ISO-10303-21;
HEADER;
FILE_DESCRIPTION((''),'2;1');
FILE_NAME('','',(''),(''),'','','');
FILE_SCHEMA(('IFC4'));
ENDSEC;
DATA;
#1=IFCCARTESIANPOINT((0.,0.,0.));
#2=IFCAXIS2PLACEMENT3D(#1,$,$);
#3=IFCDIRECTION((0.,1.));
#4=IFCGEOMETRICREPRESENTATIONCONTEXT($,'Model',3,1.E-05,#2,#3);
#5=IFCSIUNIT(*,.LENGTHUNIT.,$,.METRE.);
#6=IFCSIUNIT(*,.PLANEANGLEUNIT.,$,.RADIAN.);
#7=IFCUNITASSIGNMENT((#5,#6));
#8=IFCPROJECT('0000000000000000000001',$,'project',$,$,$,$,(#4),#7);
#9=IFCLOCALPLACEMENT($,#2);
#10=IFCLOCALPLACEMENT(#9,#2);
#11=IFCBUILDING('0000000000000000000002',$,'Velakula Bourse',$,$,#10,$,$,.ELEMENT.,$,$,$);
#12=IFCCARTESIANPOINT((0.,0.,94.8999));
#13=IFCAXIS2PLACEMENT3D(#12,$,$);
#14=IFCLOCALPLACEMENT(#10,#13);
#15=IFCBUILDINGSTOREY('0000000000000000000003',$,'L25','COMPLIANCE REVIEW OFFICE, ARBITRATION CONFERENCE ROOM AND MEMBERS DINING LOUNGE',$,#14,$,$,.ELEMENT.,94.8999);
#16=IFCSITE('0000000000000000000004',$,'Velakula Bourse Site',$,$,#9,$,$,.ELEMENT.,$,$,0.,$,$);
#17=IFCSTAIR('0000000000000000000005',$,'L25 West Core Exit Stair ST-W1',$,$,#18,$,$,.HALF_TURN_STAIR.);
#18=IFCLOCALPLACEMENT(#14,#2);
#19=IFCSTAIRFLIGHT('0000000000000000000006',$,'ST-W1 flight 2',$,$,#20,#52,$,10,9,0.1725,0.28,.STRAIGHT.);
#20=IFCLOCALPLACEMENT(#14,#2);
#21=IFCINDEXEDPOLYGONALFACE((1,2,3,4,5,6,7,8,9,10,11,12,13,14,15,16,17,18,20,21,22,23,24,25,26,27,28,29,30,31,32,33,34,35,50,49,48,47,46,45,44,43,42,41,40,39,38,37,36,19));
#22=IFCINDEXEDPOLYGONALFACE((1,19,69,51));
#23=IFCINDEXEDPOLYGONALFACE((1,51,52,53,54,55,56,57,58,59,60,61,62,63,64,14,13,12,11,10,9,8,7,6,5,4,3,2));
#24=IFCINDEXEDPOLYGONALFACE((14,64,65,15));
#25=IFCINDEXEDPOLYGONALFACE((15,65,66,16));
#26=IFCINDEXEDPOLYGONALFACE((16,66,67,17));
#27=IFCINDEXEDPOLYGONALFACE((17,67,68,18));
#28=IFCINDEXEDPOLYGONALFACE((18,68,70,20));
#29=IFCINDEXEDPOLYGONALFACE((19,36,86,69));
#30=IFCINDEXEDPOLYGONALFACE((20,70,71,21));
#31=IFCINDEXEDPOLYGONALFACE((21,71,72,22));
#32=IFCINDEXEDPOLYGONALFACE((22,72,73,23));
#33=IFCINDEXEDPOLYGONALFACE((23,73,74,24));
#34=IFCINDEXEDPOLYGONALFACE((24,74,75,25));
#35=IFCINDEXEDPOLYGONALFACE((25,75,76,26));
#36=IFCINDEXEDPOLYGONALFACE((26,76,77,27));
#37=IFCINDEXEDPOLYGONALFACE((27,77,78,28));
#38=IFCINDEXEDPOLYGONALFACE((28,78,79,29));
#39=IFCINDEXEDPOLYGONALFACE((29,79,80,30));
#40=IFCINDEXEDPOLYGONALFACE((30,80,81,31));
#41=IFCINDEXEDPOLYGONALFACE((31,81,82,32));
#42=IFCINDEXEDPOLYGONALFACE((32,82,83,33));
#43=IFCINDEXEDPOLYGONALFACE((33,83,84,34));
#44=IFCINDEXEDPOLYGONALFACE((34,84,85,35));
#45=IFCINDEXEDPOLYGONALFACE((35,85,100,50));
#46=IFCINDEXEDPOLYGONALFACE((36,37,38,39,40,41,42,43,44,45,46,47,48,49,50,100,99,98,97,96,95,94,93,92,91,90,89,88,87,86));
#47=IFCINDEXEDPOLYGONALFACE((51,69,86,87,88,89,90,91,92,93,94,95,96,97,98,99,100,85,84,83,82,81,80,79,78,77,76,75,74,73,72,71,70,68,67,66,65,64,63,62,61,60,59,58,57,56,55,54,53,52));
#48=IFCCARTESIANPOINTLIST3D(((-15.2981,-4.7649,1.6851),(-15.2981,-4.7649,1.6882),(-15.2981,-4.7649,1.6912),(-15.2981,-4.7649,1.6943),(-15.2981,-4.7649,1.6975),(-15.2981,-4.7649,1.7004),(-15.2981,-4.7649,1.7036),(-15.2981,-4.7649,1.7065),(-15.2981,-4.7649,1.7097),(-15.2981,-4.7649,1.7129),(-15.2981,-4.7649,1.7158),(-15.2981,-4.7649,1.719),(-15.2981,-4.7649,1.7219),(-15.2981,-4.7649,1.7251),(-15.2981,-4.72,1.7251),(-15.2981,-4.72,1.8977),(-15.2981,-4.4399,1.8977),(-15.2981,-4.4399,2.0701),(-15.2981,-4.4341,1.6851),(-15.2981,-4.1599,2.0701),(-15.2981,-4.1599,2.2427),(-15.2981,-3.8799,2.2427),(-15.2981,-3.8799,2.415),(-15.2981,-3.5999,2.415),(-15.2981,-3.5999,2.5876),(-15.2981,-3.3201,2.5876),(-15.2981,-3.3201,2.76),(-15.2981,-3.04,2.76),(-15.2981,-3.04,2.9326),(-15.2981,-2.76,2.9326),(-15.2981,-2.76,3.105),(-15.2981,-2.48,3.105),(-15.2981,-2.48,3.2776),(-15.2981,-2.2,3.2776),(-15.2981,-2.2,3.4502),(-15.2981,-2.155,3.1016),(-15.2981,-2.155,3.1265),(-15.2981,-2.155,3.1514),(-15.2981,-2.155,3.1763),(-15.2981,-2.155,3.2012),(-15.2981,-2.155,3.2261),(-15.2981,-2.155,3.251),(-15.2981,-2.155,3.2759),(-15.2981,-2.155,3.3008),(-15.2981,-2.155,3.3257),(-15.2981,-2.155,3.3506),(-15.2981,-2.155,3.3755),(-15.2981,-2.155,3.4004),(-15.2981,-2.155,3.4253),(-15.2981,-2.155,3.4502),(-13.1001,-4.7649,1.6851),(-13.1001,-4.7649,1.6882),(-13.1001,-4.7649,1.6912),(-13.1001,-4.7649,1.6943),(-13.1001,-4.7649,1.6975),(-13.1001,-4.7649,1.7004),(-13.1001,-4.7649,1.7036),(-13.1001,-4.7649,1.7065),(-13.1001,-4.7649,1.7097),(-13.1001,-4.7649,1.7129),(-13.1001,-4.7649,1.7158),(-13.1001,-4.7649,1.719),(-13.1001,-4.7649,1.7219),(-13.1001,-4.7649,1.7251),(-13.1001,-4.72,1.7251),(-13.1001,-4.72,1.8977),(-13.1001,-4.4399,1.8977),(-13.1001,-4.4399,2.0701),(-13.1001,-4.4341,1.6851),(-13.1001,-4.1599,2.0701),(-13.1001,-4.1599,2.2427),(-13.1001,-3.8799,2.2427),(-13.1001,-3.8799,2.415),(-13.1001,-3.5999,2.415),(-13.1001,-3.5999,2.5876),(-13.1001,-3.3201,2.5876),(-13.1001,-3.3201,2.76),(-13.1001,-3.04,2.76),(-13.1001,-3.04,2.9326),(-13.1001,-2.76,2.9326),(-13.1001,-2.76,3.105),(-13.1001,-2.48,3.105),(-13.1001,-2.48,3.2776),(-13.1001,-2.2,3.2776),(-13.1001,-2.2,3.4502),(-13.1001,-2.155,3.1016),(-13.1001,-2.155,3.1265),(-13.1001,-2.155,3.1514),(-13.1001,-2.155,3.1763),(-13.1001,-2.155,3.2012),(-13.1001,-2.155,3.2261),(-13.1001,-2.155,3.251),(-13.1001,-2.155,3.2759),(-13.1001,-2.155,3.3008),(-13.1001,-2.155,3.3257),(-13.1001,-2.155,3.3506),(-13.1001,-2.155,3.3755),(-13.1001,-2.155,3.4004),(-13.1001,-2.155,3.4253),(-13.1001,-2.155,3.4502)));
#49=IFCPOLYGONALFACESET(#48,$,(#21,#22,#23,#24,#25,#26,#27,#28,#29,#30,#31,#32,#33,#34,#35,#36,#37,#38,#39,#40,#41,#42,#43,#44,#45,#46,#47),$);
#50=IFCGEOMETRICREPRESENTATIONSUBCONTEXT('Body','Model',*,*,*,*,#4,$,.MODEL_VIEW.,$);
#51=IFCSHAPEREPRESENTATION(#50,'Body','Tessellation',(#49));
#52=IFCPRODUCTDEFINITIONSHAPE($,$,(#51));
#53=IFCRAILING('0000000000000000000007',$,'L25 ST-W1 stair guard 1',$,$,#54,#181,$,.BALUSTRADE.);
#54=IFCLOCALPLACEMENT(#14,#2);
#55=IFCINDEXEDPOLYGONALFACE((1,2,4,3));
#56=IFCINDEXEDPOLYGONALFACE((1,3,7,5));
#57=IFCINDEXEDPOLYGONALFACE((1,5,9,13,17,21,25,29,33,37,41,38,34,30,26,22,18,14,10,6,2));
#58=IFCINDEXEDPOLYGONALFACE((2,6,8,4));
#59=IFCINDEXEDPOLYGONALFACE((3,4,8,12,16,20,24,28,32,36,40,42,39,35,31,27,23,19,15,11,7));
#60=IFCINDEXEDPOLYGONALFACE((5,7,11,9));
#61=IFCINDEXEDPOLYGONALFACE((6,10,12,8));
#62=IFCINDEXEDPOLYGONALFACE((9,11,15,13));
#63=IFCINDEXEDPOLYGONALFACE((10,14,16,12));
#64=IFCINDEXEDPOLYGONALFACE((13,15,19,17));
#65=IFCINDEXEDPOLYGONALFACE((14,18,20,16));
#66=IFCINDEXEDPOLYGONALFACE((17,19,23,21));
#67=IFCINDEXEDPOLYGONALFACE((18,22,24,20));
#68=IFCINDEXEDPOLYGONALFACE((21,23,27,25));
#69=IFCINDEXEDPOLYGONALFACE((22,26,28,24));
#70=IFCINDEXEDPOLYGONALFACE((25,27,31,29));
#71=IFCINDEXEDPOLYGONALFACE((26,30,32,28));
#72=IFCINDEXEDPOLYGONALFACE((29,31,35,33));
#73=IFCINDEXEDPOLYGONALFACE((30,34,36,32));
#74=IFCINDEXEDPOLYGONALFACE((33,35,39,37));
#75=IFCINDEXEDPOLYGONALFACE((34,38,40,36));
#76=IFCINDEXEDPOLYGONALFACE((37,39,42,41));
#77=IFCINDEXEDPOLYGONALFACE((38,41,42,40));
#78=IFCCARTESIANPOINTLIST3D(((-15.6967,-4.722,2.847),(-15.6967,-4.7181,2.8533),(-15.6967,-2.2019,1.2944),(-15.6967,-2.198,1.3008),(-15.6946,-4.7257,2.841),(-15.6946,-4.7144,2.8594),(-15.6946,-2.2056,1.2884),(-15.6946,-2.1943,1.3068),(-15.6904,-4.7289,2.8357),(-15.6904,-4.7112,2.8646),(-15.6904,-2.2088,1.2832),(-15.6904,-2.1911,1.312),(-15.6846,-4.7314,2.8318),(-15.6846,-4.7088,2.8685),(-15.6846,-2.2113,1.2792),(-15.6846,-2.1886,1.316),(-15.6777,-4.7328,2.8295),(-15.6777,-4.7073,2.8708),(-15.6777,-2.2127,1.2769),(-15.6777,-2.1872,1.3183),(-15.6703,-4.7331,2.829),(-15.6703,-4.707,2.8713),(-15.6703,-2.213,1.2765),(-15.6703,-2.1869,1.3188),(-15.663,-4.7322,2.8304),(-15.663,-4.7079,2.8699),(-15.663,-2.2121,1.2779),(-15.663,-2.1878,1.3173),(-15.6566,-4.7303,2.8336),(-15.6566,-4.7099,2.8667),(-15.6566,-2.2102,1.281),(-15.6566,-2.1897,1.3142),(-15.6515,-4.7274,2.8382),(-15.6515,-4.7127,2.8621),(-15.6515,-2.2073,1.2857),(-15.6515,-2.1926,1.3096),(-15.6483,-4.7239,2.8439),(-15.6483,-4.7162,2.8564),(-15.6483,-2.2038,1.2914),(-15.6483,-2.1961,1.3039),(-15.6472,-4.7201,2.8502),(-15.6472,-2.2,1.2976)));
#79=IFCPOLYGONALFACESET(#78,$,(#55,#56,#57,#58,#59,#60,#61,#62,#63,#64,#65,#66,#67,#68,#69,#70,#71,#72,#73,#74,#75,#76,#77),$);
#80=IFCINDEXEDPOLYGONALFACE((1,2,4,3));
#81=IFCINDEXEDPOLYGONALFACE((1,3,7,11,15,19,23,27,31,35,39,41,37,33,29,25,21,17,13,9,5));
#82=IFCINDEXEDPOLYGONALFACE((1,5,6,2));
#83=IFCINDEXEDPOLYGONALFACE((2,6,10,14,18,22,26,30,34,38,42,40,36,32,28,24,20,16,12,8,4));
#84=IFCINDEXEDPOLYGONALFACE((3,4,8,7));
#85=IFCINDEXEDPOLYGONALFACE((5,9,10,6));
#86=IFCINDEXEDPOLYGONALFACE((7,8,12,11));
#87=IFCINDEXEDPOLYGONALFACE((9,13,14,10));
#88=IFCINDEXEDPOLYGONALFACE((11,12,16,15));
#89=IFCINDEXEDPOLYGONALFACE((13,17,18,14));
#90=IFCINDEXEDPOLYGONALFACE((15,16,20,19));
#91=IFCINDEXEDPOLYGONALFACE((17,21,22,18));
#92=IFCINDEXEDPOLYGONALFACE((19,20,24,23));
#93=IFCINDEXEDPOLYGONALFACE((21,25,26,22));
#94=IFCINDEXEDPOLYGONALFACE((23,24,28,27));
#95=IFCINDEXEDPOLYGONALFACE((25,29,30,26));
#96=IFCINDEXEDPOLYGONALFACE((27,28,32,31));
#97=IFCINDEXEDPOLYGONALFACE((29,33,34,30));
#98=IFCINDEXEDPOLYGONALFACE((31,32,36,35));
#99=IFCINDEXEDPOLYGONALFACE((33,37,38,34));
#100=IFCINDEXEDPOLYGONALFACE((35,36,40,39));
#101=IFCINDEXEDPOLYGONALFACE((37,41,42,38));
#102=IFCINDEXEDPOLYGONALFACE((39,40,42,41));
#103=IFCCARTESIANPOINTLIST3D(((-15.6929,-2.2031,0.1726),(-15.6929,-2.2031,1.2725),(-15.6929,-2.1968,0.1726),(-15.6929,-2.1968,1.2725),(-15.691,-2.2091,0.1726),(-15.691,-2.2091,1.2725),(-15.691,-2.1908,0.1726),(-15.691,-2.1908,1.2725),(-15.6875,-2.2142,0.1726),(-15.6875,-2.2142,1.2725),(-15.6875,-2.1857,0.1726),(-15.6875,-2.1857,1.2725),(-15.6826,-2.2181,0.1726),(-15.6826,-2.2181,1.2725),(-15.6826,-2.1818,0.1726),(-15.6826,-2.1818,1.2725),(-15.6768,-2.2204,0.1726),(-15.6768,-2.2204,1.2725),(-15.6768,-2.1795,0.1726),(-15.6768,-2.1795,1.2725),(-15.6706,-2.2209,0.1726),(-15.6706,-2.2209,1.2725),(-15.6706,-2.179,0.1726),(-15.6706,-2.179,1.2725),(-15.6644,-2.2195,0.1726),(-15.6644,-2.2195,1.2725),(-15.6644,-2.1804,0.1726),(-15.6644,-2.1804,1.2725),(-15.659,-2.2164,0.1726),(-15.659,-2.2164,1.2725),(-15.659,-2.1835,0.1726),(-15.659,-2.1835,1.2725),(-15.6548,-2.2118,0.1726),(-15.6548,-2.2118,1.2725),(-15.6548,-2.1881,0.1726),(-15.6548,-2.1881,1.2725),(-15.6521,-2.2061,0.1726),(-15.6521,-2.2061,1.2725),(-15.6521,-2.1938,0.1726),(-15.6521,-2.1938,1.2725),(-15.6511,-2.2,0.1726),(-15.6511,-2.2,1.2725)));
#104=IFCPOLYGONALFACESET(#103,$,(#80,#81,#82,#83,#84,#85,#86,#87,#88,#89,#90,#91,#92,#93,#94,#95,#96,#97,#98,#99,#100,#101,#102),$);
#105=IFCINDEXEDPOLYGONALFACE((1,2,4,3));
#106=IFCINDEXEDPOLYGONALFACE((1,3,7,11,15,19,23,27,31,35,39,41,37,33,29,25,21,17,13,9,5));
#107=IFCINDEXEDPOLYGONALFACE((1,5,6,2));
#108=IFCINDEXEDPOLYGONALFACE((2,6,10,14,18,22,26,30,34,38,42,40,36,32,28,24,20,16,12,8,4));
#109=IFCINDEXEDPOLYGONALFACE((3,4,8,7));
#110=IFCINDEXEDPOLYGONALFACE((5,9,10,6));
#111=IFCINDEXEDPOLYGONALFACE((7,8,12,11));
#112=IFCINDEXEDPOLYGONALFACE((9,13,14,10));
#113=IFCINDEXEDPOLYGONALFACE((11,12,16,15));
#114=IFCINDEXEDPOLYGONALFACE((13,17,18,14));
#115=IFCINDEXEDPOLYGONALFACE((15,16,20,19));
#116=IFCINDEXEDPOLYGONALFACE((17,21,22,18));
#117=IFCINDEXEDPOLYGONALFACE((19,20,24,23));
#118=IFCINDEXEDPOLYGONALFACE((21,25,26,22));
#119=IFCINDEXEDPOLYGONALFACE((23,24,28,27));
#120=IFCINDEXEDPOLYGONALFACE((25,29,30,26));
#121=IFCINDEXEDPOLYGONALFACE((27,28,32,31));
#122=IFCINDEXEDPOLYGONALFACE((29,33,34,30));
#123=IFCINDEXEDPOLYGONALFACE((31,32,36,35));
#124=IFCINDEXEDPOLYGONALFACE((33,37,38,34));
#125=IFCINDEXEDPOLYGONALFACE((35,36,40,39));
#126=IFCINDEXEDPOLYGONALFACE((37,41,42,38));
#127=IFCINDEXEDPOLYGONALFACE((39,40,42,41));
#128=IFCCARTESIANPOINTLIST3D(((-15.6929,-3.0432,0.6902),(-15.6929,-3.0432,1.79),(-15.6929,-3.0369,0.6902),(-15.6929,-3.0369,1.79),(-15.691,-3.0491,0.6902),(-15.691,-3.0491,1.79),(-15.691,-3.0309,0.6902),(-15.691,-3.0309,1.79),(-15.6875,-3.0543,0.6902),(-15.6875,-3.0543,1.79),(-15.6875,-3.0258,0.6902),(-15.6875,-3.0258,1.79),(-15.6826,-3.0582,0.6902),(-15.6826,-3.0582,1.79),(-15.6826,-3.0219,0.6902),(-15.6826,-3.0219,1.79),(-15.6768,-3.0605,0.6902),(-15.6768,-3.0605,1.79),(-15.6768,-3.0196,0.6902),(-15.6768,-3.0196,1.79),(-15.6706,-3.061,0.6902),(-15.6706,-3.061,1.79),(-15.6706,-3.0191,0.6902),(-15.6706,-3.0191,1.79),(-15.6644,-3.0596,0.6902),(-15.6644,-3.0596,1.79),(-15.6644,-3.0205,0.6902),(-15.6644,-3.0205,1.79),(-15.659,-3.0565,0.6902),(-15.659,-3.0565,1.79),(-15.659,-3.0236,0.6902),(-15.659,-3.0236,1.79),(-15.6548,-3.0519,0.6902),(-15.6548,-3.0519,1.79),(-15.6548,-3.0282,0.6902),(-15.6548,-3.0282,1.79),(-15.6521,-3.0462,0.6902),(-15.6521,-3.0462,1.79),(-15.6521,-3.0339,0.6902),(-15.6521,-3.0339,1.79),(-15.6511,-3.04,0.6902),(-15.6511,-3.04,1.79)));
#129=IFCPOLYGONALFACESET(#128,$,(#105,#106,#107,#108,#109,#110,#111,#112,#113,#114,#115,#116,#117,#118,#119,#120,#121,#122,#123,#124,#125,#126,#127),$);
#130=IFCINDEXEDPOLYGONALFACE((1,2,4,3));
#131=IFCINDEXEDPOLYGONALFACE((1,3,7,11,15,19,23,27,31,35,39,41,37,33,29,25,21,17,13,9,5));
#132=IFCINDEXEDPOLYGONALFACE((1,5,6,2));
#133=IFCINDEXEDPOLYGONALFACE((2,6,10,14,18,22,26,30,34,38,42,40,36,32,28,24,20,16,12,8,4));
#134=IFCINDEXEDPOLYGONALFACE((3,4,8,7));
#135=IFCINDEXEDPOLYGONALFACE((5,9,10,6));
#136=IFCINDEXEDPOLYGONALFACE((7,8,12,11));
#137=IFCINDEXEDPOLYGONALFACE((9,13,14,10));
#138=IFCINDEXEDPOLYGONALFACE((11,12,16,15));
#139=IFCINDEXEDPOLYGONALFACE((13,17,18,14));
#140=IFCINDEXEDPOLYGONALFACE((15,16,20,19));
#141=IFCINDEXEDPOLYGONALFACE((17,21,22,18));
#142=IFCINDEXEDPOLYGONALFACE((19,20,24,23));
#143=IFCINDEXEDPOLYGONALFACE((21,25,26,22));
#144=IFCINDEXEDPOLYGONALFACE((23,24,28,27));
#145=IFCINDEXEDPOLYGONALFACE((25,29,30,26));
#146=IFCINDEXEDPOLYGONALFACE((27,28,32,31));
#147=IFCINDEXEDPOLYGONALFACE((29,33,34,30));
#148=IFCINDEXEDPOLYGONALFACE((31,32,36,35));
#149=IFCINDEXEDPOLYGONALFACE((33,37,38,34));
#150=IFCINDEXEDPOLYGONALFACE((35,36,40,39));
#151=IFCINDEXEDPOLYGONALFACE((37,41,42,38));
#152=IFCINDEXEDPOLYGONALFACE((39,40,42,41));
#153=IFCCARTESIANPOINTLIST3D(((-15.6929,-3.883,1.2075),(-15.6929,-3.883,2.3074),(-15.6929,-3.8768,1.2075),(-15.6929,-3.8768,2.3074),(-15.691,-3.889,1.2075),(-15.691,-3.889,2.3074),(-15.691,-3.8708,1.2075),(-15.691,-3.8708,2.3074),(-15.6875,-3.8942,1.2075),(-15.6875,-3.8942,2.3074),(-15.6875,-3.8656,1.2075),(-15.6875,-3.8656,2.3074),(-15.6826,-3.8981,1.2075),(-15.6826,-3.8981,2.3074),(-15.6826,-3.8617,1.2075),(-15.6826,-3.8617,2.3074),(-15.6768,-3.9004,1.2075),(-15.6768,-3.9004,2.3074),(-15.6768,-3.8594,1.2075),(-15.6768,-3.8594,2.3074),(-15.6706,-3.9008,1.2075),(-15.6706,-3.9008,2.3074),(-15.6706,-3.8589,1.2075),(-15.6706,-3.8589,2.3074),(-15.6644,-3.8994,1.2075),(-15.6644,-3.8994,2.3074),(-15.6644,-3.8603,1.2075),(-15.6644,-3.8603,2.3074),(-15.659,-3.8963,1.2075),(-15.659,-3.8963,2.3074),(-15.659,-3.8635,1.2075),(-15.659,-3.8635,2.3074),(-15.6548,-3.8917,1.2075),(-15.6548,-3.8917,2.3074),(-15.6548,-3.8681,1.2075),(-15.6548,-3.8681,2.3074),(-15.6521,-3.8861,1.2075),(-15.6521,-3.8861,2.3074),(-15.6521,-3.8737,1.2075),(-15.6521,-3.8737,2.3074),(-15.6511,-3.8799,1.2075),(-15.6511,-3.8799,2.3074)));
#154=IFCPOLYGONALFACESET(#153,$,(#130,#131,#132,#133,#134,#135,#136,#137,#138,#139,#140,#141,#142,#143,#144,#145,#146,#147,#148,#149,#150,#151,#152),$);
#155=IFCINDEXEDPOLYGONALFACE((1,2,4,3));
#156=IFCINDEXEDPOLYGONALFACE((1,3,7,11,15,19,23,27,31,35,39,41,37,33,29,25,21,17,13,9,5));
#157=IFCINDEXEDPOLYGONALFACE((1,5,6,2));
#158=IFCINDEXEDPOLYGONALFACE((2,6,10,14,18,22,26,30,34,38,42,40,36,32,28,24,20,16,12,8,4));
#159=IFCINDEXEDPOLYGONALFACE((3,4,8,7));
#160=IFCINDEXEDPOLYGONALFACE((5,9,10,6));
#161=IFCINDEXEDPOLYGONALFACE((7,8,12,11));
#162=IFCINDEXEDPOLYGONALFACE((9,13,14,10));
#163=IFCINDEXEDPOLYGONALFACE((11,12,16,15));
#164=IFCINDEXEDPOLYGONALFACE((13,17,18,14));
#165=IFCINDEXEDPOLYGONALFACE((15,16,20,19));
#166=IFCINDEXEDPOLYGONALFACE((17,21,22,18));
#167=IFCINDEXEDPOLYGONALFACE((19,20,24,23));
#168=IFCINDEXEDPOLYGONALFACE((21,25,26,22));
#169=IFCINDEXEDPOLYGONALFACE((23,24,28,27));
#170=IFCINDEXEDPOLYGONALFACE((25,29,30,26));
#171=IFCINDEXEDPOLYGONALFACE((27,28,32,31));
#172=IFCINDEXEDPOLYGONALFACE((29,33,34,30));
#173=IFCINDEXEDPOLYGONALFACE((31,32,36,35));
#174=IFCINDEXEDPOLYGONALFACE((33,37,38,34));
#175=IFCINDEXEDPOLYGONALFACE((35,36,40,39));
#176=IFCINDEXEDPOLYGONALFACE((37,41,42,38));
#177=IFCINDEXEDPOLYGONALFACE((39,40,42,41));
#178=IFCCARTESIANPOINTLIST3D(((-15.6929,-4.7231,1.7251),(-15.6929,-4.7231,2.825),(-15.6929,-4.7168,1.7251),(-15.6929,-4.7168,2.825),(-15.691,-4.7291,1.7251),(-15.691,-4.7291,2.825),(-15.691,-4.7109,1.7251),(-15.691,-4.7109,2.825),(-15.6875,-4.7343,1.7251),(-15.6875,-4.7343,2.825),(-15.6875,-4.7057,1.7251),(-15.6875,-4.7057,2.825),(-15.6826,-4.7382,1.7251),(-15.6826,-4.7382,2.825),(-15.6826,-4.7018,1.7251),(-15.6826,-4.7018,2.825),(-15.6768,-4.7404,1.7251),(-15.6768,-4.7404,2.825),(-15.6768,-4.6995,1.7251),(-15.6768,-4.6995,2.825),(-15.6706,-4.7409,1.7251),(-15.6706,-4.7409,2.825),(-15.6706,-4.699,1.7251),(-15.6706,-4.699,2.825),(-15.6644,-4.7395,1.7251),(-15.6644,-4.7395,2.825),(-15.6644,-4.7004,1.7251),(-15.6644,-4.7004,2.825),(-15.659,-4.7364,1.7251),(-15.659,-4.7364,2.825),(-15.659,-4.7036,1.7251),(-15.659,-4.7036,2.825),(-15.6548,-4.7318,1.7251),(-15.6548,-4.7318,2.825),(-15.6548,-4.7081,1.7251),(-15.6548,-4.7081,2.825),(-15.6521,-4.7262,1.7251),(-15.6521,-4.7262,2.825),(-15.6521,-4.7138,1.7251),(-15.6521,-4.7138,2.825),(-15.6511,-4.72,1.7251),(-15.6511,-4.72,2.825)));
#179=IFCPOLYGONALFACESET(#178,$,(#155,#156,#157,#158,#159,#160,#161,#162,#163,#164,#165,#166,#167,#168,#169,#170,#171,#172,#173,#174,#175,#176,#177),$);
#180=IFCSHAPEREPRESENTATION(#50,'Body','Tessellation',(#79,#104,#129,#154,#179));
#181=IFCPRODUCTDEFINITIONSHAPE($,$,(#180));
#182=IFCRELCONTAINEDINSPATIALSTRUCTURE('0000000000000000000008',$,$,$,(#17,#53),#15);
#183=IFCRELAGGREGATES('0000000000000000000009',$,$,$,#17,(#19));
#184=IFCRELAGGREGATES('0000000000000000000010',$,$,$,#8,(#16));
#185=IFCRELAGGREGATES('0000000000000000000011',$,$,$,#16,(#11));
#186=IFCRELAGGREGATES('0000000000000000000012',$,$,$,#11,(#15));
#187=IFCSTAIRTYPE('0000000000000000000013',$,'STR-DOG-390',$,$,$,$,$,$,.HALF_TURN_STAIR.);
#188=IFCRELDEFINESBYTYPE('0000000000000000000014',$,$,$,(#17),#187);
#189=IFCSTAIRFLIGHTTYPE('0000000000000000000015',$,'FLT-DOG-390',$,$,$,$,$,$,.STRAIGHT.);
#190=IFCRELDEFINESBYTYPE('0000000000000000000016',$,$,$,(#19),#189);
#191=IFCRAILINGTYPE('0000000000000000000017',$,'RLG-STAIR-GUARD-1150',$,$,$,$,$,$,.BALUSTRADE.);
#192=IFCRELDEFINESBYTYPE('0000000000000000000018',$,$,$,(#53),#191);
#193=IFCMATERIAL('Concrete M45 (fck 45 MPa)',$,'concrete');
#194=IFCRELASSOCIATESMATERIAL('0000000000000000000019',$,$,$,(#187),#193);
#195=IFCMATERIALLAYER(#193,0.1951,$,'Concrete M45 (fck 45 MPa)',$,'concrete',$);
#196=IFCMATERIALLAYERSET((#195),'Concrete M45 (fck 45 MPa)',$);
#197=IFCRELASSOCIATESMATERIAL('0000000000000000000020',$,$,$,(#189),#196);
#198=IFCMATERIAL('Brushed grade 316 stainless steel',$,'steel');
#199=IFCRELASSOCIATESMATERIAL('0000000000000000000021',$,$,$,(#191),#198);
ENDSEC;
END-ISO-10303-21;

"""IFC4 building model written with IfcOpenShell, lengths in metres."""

from ifc_helpers import new_model, si_unit, direction, frame, origin, origin_2d, place, context, subcontext, project, spatial, polyline, circle, outline, extrude, material, layer, layer_set, type_object, element, aggregate, save


model = new_model("IFC4")

# Units and contexts
model_context = context("Model", 3, precision=1e-05, world=origin(), true_north=direction((0.0, 1.0)))
body_context = subcontext(model_context, "Body", "Model", "MODEL_VIEW")
ifc_project = project(units=[si_unit("LENGTHUNIT", "METRE"), si_unit("PLANEANGLEUNIT", "RADIAN")], contexts=[model_context])

# Site, building, storey
site_placement = place(None, origin())
site = spatial("IfcSite", under=ifc_project, at=site_placement, Name="Velakula Bourse Site", CompositionType="ELEMENT", RefElevation=0.0)
building_placement = place(site_placement, origin())
building = spatial("IfcBuilding", under=site, at=building_placement, Name="Velakula Bourse", CompositionType="ELEMENT")
storey_placement = place(building_placement, frame((0.0, 0.0, 94.8999)))
storey = spatial("IfcBuildingStorey", under=building, at=storey_placement, Name="L25", Description="COMPLIANCE REVIEW OFFICE, ARBITRATION CONFERENCE ROOM AND MEMBERS DINING LOUNGE", CompositionType="ELEMENT", Elevation=94.8999)

# Shared definitions
ifc_material_1 = material(Name="Brushed grade 316 stainless steel", Category="steel")

# Stair, stair flight
ifc_material_2 = material(Name="Concrete M45 (fck 45 MPa)", Category="concrete")
stair_type = type_object("IfcStairType", Name="STR-DOG-390", PredefinedType="HALF_TURN_STAIR", material=ifc_material_2)
stair_placement = place(storey_placement, origin())
stair = element("IfcStair", 1, at=stair_placement, inside=storey, type_object=stair_type, Name="L25 West Core Exit Stair ST-W1", PredefinedType="HALF_TURN_STAIR")
ifc_layer_1 = layer(ifc_material_2, 0.1951, Name="Concrete M45 (fck 45 MPa)", Category="concrete")
ifc_layer_set_1 = layer_set([ifc_layer_1], Name="Concrete M45 (fck 45 MPa)")
stair_flight_type = type_object("IfcStairFlightType", Name="FLT-DOG-390", PredefinedType="STRAIGHT", material=ifc_layer_set_1)
stair_flight_1_placement = place(storey_placement, frame((-14.199, -4.72, 1.7251), z_axis=(0.0, 0.0, 1.0), x_axis=(0.0, 1.0, 0.0)))
stair_flight_1 = element("IfcStairFlight", 2, at=stair_flight_1_placement, type_object=stair_flight_type, Name="ST-W1 flight 2", NumberOfRisers=10, NumberOfTreads=9, PredefinedType="STRAIGHT", RiserHeight=0.1725, TreadLength=0.28, context=body_context, shape_type="SweptSolid", body=[
    extrude(outline(polyline([(-0.0449, -0.04), (-0.0449, -0.0369), (-0.0449, -0.0339), (-0.0449, -0.0308), (-0.0449, -0.0276), (-0.0449, -0.0247), (-0.0449, -0.0215), (-0.0449, -0.0186), (-0.0449, -0.0154), (-0.0449, -0.0122), (-0.0449, -0.0093), (-0.0449, -0.0061), (-0.0449, -0.0032), (-0.0449, 0.0), (0.0, 0.0), (0.0, 0.1726), (0.28, 0.1726), (0.28, 0.345), (0.5601, 0.345), (0.5601, 0.5176), (0.8401, 0.5176), (0.8401, 0.6899), (1.1201, 0.6899), (1.1201, 0.8625), (1.3999, 0.8625), (1.3999, 1.0349), (1.6799, 1.0349), (1.6799, 1.2075), (1.96, 1.2075), (1.96, 1.3799), (2.24, 1.3799), (2.24, 1.5525), (2.52, 1.5525), (2.52, 1.7251), (2.5649, 1.7251), (2.5649, 1.7002), (2.5649, 1.6753), (2.5649, 1.6504), (2.5649, 1.6255), (2.5649, 1.6006), (2.5649, 1.5757), (2.5649, 1.5508), (2.5649, 1.5259), (2.5649, 1.501), (2.5649, 1.4761), (2.5649, 1.4512), (2.5649, 1.4263), (2.5649, 1.4014), (2.5649, 1.3765), (0.2859, -0.04), (-0.0449, -0.04)])), frame((0.0, 1.0991, 0.0), z_axis=(0.0, -1.0, 0.0), x_axis=(1.0, 0.0, 0.0)), (0.0, 0.0, 1.0), 2.198),
])
aggregate(stair, [stair_flight_1])

# Railing
railing_type_1 = type_object("IfcRailingType", Name="RLG-STAIR-GUARD-1150", PredefinedType="BALUSTRADE", material=ifc_material_1)
railing_1_placement = place(storey_placement, frame((-15.6721, -2.2, 0.1726)))
element("IfcRailing", 3, at=railing_1_placement, inside=storey, type_object=railing_type_1, Name="L25 ST-W1 stair guard 1", PredefinedType="BALUSTRADE", context=body_context, shape_type="SweptSolid", body=[
    extrude(circle(Radius=0.0249, at=origin_2d()), frame((0.0, 0.0, 1.125), z_axis=(0.0, -0.8514, 0.524516), x_axis=(1.0, 0.0, 0.0)), (0.0, 0.0, 1.0), 2.96),
    extrude(circle(Radius=0.021, at=origin_2d()), origin(), (0.0, 0.0, 1.0), 1.0999),
    extrude(circle(Radius=0.021, at=origin_2d()), frame((0.0, -0.8401, 0.5176)), (0.0, 0.0, 1.0), 1.0999),
    extrude(circle(Radius=0.021, at=origin_2d()), frame((0.0, -1.6799, 1.0349)), (0.0, 0.0, 1.0), 1.0999),
    extrude(circle(Radius=0.021, at=origin_2d()), frame((0.0, -2.52, 1.5525)), (0.0, 0.0, 1.0), 1.0999),
])

save(model, "model.ifc")
